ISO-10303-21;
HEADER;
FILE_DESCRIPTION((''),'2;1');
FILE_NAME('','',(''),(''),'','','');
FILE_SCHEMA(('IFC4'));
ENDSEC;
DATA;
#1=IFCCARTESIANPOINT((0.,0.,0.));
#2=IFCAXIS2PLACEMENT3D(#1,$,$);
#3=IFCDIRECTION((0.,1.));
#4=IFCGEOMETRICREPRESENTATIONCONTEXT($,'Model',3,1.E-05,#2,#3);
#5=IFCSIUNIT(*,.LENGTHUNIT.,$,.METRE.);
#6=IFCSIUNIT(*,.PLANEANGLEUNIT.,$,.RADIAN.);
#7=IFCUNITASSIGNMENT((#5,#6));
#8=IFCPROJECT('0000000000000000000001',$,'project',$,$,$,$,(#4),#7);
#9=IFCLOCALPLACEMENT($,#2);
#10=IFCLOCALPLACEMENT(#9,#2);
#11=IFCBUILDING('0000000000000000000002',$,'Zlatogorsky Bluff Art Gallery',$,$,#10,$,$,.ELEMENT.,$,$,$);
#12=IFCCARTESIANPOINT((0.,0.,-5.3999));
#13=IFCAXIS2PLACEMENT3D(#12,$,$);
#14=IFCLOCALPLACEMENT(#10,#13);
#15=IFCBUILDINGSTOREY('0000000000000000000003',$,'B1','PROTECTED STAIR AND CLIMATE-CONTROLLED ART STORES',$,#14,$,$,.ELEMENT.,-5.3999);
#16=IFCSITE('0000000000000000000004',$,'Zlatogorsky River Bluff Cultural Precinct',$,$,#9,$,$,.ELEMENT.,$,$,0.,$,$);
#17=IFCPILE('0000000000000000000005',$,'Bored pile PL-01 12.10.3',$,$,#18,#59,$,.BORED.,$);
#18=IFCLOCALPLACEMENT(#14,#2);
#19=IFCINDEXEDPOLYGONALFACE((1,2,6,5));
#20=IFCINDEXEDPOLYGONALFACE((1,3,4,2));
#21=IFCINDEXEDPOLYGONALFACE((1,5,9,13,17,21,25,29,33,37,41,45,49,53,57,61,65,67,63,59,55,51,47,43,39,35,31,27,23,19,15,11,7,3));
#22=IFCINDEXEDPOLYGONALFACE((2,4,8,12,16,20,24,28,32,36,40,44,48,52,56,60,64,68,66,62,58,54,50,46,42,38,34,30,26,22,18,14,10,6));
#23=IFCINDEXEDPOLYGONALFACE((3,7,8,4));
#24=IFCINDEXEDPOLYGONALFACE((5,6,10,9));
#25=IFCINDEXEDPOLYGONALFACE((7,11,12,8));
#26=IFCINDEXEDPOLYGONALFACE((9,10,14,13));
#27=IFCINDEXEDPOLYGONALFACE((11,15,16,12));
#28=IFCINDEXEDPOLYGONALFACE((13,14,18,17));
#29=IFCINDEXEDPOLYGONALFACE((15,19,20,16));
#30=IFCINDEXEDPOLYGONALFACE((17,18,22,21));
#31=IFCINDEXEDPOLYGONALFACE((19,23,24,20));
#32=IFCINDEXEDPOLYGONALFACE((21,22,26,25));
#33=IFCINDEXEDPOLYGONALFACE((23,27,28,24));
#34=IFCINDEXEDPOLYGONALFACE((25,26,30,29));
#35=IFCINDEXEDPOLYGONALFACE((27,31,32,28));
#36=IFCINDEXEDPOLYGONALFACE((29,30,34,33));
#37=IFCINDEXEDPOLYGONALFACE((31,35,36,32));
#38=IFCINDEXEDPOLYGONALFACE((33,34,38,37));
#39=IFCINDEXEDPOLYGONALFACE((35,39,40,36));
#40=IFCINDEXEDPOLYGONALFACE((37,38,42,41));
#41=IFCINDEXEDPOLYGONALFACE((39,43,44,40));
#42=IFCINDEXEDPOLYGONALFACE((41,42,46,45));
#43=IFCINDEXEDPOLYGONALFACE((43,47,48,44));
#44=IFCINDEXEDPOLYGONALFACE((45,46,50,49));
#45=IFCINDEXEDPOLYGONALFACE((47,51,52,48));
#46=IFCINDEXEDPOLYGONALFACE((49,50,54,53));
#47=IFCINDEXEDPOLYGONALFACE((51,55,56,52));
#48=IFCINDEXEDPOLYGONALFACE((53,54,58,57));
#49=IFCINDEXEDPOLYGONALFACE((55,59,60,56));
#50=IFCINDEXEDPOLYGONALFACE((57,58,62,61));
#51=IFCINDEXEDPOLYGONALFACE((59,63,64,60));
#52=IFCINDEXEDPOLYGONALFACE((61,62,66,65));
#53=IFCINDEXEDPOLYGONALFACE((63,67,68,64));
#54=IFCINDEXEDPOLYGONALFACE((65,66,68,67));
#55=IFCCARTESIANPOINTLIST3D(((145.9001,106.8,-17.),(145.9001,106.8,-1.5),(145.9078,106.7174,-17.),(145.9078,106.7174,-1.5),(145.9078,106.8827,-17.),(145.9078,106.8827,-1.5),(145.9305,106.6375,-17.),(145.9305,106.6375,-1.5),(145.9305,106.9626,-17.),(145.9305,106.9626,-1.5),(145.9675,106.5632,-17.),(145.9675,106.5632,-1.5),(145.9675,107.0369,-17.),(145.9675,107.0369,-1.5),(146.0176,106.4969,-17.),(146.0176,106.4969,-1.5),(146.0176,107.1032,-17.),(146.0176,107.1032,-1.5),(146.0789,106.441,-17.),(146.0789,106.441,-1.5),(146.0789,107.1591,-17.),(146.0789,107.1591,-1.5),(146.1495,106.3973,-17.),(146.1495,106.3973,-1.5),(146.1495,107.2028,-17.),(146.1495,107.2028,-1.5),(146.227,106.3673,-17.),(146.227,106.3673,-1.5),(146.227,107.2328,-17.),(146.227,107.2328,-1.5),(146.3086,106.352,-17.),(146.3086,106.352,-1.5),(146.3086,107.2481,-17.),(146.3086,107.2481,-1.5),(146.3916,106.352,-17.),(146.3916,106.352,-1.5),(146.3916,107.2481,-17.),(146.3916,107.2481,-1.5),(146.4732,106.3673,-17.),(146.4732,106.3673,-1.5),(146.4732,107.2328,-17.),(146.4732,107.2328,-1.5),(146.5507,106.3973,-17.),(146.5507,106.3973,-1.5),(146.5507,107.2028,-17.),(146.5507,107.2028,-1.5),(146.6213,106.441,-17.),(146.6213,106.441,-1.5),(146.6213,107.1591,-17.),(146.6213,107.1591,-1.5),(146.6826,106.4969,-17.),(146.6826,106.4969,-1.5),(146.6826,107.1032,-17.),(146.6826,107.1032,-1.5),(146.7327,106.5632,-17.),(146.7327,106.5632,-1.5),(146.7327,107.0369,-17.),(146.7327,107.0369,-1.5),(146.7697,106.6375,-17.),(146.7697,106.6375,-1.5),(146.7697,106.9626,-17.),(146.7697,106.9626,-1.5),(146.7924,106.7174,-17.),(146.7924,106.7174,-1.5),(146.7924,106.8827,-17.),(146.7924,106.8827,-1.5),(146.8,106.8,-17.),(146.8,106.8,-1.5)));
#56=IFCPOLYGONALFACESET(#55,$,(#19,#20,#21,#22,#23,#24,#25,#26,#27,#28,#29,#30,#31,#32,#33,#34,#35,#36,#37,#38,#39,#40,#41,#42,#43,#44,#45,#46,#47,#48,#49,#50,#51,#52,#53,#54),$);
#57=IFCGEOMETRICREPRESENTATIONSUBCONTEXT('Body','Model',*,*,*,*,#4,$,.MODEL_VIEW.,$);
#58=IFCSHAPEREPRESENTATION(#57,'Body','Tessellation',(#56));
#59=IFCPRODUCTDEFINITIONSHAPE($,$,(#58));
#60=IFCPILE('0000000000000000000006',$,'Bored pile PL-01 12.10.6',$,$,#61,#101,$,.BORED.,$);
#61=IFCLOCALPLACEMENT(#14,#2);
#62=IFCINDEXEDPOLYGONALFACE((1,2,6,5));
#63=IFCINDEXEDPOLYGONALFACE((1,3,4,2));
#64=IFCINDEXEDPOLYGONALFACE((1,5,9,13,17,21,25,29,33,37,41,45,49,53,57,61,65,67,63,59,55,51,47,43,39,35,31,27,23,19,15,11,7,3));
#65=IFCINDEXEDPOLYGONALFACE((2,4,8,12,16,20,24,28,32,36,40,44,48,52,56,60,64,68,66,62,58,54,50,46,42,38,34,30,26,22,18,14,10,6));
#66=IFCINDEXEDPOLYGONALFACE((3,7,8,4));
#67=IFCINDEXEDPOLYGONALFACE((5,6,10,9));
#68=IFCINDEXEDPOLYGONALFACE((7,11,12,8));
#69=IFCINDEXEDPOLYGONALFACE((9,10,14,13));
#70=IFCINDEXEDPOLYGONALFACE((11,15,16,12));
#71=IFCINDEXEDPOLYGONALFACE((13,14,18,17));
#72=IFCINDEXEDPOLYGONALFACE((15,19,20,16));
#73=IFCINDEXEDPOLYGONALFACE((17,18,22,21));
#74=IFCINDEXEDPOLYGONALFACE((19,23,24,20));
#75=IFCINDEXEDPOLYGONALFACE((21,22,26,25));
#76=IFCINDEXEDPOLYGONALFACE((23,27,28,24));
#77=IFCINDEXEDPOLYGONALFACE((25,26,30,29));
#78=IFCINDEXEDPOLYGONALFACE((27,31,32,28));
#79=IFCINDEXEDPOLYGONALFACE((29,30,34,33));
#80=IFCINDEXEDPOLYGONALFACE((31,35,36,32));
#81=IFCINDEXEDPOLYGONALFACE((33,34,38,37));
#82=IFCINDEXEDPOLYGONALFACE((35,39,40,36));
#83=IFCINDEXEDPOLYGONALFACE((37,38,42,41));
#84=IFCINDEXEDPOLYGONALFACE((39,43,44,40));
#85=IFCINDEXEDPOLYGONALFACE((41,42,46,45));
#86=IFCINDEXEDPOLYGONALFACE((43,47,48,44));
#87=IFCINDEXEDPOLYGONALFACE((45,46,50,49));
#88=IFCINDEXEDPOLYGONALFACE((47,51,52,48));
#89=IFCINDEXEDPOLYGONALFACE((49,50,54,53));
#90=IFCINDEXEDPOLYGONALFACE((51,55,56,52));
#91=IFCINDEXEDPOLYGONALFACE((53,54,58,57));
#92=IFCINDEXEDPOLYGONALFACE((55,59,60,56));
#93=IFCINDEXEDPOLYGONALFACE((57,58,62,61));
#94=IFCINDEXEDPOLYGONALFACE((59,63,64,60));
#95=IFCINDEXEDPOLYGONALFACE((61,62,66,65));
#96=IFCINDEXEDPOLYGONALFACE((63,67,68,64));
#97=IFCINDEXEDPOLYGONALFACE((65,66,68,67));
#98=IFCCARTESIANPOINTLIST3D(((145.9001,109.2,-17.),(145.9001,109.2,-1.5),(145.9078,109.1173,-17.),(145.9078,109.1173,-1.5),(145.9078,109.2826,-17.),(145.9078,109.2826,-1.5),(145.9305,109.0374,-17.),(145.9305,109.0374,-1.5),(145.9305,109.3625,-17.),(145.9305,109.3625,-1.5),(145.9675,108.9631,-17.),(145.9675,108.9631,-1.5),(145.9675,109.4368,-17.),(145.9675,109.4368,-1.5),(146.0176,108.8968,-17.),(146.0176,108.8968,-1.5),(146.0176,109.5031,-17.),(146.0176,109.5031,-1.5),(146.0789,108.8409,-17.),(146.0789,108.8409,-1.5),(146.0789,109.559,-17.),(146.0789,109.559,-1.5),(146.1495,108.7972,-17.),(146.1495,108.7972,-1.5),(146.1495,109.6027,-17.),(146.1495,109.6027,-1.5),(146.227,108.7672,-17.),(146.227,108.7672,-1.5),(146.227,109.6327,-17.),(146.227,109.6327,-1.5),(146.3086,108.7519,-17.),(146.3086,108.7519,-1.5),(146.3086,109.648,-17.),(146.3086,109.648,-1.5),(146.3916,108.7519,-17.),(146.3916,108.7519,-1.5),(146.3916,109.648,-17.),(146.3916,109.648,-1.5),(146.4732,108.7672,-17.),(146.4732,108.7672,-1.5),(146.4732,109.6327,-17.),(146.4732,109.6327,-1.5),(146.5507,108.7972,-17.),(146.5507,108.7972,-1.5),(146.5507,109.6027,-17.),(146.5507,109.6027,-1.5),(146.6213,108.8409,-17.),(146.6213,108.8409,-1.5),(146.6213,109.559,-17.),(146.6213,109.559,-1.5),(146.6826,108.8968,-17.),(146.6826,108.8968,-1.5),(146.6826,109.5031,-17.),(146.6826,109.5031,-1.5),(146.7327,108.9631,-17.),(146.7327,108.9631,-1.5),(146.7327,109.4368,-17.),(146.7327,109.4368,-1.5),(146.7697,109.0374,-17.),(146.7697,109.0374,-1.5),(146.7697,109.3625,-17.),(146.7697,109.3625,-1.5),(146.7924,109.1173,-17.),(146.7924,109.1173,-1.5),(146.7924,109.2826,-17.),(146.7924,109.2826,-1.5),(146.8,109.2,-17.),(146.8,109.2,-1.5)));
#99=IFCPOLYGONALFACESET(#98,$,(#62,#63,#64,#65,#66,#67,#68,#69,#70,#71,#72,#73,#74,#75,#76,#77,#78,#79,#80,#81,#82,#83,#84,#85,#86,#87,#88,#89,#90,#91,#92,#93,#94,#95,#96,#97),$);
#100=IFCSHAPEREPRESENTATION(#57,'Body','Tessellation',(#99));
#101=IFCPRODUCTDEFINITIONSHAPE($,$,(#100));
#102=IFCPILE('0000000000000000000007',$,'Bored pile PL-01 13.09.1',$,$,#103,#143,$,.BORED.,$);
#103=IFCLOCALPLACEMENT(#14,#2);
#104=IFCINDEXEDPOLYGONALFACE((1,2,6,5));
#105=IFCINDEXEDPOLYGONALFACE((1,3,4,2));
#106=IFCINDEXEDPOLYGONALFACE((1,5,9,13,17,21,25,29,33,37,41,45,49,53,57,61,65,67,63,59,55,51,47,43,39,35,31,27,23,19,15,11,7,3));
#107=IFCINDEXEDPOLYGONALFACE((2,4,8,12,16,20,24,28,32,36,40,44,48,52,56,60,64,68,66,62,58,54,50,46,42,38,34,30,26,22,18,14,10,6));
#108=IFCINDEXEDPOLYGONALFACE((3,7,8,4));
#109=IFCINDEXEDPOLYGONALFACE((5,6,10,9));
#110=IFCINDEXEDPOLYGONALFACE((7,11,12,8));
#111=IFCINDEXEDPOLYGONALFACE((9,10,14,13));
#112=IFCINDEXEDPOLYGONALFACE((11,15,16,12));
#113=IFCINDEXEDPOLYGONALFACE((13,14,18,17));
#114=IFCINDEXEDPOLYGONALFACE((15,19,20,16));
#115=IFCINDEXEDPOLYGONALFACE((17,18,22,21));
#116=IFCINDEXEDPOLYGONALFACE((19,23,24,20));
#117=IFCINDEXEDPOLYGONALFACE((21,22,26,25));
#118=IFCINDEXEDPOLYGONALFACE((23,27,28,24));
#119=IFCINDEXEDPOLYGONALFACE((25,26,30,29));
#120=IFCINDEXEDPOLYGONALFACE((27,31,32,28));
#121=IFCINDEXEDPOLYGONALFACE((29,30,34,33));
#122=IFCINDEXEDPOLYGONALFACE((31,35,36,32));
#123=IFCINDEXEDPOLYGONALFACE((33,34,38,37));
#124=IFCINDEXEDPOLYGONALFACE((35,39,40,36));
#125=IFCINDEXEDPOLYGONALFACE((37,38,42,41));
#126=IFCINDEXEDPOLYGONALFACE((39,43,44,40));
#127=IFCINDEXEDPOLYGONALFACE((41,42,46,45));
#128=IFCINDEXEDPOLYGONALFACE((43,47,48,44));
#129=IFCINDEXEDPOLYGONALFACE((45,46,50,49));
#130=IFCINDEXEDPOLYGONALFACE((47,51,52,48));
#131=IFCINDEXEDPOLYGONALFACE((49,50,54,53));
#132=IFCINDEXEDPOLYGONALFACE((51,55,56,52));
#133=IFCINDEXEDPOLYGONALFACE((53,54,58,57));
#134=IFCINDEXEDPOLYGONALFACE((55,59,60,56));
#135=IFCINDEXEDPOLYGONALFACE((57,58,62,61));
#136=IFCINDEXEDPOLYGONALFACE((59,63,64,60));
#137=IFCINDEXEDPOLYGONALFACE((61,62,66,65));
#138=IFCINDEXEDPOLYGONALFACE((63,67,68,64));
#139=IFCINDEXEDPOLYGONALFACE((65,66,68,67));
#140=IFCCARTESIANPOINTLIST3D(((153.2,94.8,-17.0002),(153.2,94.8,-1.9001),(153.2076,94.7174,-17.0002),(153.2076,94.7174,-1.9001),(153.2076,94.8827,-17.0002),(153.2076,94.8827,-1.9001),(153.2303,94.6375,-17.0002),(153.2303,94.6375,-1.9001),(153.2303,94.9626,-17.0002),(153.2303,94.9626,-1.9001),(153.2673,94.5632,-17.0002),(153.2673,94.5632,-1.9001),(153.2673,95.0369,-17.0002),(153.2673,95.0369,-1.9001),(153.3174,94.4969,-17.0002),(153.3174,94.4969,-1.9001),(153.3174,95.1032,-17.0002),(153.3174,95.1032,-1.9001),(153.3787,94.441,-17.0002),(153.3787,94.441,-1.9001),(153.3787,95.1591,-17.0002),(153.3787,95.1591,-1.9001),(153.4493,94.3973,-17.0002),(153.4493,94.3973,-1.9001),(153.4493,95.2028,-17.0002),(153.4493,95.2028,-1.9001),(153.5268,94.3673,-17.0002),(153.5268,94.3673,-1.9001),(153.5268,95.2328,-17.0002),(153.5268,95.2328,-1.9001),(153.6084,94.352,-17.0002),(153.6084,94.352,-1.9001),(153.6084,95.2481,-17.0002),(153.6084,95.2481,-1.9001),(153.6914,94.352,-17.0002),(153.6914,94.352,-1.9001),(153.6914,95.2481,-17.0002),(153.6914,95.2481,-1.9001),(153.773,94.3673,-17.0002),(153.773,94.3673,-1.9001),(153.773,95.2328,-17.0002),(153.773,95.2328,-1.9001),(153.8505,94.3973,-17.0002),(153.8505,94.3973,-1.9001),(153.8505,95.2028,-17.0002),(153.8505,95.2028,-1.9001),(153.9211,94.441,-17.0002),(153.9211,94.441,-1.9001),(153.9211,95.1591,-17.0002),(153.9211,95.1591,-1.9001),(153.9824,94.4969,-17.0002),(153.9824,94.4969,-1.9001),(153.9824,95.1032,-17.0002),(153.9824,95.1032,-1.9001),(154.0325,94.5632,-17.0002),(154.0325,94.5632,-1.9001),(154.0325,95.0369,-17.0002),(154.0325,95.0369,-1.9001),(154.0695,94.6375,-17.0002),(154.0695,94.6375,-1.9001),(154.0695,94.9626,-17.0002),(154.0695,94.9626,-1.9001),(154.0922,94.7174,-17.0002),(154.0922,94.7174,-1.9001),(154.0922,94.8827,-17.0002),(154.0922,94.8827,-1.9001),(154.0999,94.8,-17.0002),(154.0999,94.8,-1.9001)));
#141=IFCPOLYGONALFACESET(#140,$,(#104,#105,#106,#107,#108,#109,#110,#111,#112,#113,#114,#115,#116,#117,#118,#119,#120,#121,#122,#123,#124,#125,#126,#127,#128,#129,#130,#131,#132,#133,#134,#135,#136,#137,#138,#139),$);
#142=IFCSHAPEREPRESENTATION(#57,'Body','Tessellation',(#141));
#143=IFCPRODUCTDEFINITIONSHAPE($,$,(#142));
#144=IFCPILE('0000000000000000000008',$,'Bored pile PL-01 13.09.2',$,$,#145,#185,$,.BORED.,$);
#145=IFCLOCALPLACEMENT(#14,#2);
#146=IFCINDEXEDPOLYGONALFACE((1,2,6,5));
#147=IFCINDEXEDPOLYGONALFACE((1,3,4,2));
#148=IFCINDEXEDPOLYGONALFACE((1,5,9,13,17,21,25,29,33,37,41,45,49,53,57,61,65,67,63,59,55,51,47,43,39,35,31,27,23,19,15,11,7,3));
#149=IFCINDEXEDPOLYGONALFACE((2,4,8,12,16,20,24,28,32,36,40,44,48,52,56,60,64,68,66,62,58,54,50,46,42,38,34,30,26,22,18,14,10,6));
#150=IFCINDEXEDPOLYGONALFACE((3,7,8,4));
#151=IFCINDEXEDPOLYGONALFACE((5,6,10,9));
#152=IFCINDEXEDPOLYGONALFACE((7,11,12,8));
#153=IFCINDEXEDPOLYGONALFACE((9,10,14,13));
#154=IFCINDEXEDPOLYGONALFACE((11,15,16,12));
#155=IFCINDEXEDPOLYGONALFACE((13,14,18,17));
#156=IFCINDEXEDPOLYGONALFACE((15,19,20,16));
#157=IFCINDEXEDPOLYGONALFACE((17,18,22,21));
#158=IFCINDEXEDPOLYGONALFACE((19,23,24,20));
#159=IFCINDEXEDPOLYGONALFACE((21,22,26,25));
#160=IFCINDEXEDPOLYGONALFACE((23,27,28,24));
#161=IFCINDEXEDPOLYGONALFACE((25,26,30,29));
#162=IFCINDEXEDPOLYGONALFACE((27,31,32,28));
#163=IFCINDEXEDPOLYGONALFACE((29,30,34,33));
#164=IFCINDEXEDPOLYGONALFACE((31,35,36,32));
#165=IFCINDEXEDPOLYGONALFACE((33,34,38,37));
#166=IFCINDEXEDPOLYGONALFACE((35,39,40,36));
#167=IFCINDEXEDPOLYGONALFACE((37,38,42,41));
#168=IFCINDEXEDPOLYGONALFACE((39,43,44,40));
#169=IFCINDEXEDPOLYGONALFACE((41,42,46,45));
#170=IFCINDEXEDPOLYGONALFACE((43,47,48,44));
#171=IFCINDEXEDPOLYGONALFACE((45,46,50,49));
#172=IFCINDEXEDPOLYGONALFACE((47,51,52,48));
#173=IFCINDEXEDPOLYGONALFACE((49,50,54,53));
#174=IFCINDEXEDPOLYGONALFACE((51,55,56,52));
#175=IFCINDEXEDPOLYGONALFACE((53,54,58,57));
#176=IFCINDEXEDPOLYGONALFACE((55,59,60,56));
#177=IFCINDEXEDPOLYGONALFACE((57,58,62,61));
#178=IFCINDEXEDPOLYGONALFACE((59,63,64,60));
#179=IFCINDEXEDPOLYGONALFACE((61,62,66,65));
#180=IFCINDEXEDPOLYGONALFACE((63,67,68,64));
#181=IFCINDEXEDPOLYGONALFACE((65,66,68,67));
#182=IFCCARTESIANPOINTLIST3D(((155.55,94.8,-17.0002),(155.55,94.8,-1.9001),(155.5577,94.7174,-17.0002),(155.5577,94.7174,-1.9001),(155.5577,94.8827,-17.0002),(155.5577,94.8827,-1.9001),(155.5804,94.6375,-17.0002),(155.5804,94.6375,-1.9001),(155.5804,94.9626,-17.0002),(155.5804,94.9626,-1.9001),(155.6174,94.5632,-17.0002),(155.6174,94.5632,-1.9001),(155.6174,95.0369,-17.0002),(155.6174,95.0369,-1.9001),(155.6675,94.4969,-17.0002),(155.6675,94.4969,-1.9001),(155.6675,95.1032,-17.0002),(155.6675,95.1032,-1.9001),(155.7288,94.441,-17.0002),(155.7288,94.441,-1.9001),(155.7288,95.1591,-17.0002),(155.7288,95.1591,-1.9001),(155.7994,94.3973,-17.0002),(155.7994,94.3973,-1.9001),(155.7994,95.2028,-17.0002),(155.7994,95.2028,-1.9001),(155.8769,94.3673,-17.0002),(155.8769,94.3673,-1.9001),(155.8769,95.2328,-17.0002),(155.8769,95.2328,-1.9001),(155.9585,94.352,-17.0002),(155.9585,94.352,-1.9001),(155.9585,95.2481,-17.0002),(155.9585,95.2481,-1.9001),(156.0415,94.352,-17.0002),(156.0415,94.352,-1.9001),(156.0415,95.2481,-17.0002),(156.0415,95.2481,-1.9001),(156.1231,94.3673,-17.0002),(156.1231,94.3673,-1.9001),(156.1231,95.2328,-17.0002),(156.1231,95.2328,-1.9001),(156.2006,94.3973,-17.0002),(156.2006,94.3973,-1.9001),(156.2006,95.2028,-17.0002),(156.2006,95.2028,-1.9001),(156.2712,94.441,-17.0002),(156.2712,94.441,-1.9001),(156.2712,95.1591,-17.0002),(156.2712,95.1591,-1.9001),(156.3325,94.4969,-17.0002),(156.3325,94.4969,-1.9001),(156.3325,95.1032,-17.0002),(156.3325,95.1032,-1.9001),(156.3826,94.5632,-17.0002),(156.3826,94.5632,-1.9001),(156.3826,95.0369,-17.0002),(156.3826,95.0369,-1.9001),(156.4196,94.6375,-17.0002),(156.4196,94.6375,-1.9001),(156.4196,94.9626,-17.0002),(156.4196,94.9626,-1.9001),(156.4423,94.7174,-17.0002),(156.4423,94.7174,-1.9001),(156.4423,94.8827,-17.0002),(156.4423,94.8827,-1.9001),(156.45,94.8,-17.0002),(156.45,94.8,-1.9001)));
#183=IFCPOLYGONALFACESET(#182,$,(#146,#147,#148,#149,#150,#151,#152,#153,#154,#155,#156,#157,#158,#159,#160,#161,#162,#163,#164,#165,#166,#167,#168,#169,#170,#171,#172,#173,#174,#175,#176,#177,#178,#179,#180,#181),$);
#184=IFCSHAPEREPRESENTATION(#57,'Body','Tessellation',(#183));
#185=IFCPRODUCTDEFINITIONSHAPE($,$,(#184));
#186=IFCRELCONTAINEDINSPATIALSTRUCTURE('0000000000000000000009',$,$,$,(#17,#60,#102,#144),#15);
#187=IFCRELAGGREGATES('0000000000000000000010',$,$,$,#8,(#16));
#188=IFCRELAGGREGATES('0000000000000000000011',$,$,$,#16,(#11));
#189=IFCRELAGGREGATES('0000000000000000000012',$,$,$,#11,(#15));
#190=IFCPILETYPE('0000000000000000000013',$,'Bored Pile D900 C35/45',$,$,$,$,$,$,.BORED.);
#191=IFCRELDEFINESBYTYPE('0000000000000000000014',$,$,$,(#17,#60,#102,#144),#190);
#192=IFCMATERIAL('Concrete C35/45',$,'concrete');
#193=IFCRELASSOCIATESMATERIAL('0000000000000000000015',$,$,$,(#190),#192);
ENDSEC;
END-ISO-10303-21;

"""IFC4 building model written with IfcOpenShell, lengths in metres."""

from ifc_helpers import new_model, si_unit, direction, frame, origin, origin_2d, place, context, subcontext, project, spatial, circle, extrude, material, material_profile, profile_set, type_object, element, save


model = new_model("IFC4")

# Units and contexts
model_context = context("Model", 3, precision=1e-05, world=origin(), true_north=direction((0.0, 1.0)))
body_context = subcontext(model_context, "Body", "Model", "MODEL_VIEW")
ifc_project = project(units=[si_unit("LENGTHUNIT", "METRE"), si_unit("PLANEANGLEUNIT", "RADIAN")], contexts=[model_context])

# Site, building, storey
site_placement = place(None, origin())
site = spatial("IfcSite", under=ifc_project, at=site_placement, Name="Zlatogorsky River Bluff Cultural Precinct", CompositionType="ELEMENT", RefElevation=0.0)
building_placement = place(site_placement, origin())
building = spatial("IfcBuilding", under=site, at=building_placement, Name="Zlatogorsky Bluff Art Gallery", CompositionType="ELEMENT")
storey_placement = place(building_placement, frame((0.0, 0.0, -5.3999)))
storey = spatial("IfcBuildingStorey", under=building, at=storey_placement, Name="B1", Description="PROTECTED STAIR AND CLIMATE-CONTROLLED ART STORES", CompositionType="ELEMENT", Elevation=-5.3999)

# Piles
ifc_material_1 = material(Name="Concrete C35/45", Category="concrete")
ifc_material_profile_1 = material_profile(ifc_material_1, circle(Radius=0.45, at=origin_2d()), Name="BORED PILE D900")
ifc_profile_set_1 = profile_set([ifc_material_profile_1], Name="Concrete C35/45")
pile_type = type_object("IfcPileType", Name="Bored Pile D900 C35/45", PredefinedType="BORED", material=ifc_profile_set_1)
for number, where, z_axis, x_axis, name in (
    (1, (146.3501, 106.8, -1.5), (0.0, 0.0, -1.0), (1.0, 0.0, 0.0), "Bored pile PL-01 12.10.3"),
    (2, (146.3501, 109.2, -1.5), (0.0, 0.0, -1.0), (1.0, 0.0, 0.0), "Bored pile PL-01 12.10.6"),
):
    element("IfcPile", number, at=place(storey_placement, frame(where, z_axis=z_axis, x_axis=x_axis)), inside=storey, type_object=pile_type, Name=name, PredefinedType="BORED", context=body_context, shape_type="SweptSolid", body=[
        extrude(circle(Radius=0.45, at=origin_2d()), origin(), (0.0, 0.0, 1.0), 15.5),
    ])
for number, where, z_axis, x_axis, name in (
    (3, (153.6499, 94.8, -1.9001), (0.0, 0.0, -1.0), (1.0, 0.0, 0.0), "Bored pile PL-01 13.09.1"),
    (4, (156.0, 94.8, -1.9001), (0.0, 0.0, -1.0), (1.0, 0.0, 0.0), "Bored pile PL-01 13.09.2"),
):
    element("IfcPile", number, at=place(storey_placement, frame(where, z_axis=z_axis, x_axis=x_axis)), inside=storey, type_object=pile_type, Name=name, PredefinedType="BORED", context=body_context, shape_type="SweptSolid", body=[
        extrude(circle(Radius=0.45, at=origin_2d()), origin(), (0.0, 0.0, 1.0), 15.1001),
    ])

save(model, "model.ifc")
